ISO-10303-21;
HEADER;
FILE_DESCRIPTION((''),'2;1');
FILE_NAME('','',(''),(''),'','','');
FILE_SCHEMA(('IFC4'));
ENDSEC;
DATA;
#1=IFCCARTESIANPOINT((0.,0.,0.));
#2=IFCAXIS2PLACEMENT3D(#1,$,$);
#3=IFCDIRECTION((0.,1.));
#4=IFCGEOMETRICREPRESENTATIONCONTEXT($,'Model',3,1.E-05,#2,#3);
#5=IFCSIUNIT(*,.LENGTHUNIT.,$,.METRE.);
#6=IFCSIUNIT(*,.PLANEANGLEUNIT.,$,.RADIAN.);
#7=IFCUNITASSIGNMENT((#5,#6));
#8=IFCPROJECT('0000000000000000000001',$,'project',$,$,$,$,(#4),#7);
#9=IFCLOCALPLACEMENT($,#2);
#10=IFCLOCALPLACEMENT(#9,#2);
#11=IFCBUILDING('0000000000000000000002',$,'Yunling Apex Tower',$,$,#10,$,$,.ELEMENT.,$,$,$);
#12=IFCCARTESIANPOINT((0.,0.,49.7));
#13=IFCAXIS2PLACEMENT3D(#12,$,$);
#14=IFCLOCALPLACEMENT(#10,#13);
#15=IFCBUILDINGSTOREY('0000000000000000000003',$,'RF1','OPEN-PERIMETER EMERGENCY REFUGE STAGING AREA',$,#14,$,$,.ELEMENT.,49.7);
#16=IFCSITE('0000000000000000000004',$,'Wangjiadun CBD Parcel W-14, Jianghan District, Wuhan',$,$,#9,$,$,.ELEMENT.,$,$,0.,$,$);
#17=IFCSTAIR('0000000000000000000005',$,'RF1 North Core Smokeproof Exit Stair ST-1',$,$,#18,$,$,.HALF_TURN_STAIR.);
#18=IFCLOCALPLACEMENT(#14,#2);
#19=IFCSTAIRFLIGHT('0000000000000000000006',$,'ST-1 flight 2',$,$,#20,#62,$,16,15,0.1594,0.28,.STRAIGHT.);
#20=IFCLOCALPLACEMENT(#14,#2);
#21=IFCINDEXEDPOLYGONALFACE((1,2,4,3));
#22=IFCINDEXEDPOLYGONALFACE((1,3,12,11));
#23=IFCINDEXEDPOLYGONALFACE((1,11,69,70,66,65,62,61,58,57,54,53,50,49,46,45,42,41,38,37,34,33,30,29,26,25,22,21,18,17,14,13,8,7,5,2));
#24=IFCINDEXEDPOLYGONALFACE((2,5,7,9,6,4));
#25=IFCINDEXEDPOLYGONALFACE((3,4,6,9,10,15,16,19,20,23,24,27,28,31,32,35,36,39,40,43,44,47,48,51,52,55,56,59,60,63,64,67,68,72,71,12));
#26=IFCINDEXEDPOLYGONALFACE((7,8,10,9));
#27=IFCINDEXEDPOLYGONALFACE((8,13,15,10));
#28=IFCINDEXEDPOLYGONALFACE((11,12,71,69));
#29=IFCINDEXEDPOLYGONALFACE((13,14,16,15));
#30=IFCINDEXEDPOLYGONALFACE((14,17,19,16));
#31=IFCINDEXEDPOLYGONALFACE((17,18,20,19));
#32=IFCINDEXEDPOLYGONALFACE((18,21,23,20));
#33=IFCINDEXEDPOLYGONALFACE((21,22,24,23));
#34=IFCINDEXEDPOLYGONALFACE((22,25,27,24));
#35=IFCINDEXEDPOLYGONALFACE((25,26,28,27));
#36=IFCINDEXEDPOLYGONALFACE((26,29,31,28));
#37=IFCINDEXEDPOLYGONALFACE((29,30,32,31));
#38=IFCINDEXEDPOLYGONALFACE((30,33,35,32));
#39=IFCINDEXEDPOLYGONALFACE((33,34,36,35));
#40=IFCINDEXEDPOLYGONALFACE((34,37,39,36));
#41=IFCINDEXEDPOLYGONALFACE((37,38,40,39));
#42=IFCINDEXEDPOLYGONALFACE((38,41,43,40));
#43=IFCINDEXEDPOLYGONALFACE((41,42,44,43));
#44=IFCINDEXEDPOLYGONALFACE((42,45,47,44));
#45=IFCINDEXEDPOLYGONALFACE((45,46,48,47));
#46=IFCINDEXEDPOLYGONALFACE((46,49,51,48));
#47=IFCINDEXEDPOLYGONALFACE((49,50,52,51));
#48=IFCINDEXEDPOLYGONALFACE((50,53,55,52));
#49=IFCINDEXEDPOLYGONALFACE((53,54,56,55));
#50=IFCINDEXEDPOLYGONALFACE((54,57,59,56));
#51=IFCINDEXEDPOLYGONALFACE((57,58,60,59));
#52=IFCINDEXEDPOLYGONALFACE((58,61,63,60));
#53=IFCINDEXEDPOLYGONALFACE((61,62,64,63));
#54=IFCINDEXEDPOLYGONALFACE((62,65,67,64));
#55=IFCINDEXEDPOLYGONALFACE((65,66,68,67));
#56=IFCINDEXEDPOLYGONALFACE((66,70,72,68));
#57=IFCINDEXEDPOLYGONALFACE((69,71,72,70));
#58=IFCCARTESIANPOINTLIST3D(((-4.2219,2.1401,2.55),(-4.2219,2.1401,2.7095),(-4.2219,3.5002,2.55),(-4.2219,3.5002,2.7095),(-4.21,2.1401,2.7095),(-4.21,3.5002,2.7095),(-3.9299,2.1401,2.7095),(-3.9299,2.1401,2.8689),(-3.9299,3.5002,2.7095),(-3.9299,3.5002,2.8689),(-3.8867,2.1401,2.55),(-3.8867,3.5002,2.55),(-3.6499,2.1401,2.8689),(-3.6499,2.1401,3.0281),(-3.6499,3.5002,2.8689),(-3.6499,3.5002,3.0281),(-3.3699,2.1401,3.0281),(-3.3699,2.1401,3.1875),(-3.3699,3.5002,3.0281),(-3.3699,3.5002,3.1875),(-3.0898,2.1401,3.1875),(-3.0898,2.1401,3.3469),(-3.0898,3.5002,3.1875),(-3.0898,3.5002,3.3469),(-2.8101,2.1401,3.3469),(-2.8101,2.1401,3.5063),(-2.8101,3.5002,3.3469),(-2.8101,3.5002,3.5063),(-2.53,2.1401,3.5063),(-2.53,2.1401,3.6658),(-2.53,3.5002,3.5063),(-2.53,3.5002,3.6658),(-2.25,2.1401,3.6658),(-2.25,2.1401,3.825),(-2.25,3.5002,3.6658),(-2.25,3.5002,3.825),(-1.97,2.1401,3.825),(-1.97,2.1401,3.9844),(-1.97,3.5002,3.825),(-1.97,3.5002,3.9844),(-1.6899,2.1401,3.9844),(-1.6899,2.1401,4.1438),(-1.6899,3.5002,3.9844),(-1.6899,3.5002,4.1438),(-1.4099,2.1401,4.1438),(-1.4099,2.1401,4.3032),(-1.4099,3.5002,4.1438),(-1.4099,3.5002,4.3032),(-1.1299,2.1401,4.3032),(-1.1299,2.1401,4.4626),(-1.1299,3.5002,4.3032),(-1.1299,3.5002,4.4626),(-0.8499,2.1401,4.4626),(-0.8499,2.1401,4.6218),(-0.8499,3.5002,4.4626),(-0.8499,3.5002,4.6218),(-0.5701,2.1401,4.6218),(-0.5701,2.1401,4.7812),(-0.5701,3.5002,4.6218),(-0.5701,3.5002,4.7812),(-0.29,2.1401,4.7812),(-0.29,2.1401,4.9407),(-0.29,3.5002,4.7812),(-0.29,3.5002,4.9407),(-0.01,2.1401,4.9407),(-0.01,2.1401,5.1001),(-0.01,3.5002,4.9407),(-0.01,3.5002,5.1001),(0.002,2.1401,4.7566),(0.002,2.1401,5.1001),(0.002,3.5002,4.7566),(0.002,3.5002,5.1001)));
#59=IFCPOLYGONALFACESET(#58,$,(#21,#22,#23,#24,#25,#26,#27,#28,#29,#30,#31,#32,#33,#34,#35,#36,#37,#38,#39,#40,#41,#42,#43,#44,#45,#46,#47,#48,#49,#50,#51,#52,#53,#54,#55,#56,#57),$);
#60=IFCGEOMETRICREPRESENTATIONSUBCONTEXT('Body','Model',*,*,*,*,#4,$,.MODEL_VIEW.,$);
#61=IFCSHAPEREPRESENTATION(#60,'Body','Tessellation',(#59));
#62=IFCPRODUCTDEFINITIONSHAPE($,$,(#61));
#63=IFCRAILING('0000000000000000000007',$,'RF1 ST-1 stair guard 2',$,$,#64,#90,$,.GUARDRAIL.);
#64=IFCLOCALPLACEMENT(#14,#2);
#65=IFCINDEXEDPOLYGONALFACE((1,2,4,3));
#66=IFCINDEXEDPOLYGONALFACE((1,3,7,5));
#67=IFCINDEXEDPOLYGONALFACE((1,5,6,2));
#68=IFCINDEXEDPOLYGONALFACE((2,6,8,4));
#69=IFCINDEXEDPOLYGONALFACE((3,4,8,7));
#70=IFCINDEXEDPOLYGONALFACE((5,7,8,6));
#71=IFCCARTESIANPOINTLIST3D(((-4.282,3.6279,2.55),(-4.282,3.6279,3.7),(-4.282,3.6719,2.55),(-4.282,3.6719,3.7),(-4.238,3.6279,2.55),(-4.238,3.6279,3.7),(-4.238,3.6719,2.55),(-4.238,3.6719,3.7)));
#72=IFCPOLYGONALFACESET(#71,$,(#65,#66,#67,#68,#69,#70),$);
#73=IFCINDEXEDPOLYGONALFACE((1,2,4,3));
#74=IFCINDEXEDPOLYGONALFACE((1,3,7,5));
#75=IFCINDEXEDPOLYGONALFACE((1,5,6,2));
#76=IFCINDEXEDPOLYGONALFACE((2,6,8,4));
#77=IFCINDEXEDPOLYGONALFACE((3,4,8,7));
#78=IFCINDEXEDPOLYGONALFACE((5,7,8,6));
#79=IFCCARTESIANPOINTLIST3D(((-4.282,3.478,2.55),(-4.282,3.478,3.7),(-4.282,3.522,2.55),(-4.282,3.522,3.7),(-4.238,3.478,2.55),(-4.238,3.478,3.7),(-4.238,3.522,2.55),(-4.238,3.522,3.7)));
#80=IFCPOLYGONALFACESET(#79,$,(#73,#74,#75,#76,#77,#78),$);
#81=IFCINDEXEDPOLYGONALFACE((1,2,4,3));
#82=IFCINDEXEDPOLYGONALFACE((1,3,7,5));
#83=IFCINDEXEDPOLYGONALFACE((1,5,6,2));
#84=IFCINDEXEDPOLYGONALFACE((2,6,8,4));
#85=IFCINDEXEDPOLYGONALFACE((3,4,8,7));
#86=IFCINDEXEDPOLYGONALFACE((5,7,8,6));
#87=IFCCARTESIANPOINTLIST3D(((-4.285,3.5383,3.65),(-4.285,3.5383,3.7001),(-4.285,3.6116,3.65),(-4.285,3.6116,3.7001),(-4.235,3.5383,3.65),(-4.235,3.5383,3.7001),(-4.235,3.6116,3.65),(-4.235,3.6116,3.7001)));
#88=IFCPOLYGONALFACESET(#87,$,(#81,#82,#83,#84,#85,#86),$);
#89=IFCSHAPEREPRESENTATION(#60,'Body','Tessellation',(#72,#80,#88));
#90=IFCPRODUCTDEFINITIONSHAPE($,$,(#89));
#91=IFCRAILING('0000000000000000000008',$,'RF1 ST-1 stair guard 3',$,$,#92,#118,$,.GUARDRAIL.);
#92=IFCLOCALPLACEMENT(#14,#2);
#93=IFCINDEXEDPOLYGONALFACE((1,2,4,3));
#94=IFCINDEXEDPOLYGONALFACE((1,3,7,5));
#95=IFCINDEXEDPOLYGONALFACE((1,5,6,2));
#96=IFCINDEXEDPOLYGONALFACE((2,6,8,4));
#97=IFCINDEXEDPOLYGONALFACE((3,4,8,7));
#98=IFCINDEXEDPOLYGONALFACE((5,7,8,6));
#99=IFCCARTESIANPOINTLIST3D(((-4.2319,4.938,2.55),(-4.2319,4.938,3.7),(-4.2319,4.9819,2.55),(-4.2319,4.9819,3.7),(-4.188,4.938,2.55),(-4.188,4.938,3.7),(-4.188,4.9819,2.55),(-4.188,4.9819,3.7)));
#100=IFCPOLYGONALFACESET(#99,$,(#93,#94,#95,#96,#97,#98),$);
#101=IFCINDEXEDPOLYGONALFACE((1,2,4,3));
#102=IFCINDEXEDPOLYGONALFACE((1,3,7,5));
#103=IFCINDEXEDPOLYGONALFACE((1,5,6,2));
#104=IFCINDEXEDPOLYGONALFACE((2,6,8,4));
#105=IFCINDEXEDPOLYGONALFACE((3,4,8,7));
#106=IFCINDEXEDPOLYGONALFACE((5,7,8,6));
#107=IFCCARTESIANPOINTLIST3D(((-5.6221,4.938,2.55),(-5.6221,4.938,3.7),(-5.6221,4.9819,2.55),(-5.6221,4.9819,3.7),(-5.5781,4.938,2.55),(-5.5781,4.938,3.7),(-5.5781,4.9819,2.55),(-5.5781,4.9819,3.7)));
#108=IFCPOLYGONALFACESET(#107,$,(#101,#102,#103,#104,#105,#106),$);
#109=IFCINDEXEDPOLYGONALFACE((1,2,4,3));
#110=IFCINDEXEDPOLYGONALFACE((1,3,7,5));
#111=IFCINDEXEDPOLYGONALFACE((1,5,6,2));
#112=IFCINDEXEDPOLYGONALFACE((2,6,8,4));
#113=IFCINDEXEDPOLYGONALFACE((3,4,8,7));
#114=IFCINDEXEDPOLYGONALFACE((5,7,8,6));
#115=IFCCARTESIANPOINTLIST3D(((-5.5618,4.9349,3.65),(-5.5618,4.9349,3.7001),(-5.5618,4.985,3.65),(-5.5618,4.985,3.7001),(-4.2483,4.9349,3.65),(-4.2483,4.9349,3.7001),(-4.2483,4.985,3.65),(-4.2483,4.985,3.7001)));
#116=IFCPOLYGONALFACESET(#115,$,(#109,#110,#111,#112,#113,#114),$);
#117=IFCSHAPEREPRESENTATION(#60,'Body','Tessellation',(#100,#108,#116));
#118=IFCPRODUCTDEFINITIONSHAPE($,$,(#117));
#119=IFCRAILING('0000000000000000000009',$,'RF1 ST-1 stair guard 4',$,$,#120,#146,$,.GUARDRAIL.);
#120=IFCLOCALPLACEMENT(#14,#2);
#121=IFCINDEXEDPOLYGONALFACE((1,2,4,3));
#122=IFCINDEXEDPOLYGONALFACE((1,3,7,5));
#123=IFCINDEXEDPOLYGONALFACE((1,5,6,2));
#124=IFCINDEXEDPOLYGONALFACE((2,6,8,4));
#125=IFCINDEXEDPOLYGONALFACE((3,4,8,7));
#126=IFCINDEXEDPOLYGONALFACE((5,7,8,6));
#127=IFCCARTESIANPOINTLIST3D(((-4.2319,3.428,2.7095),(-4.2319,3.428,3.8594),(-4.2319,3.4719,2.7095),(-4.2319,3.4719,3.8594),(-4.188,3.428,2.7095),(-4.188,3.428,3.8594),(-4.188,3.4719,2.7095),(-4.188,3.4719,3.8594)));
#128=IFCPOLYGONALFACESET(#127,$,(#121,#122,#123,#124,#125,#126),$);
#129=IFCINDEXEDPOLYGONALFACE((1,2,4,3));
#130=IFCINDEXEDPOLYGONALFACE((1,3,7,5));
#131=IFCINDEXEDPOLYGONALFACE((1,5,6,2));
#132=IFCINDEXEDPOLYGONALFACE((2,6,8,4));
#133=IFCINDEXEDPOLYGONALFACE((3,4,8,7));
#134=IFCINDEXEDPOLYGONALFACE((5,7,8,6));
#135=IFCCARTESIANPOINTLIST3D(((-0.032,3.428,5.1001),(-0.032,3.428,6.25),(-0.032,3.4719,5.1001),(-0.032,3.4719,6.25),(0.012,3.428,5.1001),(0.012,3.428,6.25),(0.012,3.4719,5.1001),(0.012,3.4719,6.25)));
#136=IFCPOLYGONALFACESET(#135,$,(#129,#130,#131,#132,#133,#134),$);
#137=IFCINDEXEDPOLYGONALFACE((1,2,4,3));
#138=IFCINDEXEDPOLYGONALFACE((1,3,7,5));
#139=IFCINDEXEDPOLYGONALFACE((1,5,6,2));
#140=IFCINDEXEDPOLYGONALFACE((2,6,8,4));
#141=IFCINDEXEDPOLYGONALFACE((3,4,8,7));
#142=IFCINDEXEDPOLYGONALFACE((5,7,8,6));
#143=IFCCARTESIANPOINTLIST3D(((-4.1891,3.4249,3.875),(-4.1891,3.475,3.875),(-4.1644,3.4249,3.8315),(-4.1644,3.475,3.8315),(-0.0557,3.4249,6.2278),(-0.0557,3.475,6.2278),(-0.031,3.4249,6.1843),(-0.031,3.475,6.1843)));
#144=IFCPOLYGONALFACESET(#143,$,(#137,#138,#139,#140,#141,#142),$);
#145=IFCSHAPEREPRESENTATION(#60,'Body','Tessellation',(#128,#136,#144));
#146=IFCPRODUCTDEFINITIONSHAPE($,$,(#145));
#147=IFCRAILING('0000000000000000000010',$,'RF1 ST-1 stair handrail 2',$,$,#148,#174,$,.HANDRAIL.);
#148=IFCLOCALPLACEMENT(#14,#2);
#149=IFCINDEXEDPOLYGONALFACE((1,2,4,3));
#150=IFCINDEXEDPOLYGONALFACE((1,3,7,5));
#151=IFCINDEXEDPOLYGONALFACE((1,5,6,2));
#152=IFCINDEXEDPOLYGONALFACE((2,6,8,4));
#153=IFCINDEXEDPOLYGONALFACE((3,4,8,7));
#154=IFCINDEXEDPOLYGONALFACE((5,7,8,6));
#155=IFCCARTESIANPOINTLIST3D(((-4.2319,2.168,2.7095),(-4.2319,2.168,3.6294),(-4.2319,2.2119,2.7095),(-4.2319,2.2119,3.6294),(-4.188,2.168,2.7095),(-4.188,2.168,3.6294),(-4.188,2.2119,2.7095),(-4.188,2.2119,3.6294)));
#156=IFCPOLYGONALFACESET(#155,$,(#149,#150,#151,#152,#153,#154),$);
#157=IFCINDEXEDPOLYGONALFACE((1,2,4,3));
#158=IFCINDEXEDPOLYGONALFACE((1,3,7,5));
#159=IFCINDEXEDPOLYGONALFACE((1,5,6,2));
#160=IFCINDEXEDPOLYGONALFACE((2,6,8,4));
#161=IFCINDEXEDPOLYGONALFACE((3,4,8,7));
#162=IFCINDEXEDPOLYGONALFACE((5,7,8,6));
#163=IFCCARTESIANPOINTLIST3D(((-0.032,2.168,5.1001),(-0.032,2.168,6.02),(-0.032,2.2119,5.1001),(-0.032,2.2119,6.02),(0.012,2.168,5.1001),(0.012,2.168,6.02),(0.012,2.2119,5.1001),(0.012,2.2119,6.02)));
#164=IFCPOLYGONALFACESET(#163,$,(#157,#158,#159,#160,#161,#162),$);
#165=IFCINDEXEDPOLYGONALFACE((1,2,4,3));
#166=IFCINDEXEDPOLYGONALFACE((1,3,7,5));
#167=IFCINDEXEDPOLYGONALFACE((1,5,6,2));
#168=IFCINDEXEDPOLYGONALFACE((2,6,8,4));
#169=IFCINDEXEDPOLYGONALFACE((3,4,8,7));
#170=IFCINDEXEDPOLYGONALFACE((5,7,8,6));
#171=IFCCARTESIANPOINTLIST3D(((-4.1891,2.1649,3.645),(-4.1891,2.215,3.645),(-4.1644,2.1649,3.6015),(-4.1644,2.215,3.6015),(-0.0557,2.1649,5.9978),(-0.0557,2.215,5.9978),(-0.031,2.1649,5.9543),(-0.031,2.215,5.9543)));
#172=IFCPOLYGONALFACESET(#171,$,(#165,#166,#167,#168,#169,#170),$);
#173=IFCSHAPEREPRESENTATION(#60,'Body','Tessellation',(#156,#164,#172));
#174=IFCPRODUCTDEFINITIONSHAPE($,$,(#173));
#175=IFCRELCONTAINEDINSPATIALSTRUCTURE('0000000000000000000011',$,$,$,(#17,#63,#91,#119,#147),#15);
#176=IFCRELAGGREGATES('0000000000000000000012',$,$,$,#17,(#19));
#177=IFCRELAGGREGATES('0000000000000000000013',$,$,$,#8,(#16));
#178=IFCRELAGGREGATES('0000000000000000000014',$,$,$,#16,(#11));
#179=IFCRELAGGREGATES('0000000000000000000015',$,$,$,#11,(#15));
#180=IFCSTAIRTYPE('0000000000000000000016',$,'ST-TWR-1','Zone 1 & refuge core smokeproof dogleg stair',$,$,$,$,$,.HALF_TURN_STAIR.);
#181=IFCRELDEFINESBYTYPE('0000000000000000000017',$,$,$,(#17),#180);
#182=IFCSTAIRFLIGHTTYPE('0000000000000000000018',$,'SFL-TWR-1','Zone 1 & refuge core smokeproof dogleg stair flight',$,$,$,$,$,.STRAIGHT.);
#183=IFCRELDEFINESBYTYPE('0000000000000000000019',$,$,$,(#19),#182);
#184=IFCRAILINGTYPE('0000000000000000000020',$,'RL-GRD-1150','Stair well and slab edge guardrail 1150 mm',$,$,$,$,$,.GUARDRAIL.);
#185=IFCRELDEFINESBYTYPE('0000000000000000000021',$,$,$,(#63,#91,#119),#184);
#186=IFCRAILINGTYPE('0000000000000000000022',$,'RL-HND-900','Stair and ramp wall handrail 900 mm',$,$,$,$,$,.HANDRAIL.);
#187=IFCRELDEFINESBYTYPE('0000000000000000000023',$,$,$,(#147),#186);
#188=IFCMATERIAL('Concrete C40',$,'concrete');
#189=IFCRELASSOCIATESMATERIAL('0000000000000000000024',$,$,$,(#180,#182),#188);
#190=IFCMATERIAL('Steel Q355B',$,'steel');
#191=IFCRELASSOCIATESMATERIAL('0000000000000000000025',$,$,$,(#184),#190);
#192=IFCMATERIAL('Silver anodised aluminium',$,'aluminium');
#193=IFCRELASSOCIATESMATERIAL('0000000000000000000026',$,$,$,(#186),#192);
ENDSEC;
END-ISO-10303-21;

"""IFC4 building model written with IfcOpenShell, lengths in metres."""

from ifc_helpers import new_model, si_unit, direction, frame, origin, origin_2d, place, context, subcontext, project, spatial, polyline, rectangle, outline, extrude, material, type_object, element, aggregate, save


model = new_model("IFC4")

# Units and contexts
model_context = context("Model", 3, precision=1e-05, world=origin(), true_north=direction((0.0, 1.0)))
body_context = subcontext(model_context, "Body", "Model", "MODEL_VIEW")
ifc_project = project(units=[si_unit("LENGTHUNIT", "METRE"), si_unit("PLANEANGLEUNIT", "RADIAN")], contexts=[model_context])

# Site, building, storey
site_placement = place(None, origin())
site = spatial("IfcSite", under=ifc_project, at=site_placement, Name="Wangjiadun CBD Parcel W-14, Jianghan District, Wuhan", CompositionType="ELEMENT", RefElevation=0.0)
building_placement = place(site_placement, origin())
building = spatial("IfcBuilding", under=site, at=building_placement, Name="Yunling Apex Tower", CompositionType="ELEMENT")
storey_placement = place(building_placement, frame((0.0, 0.0, 49.7)))
storey = spatial("IfcBuildingStorey", under=building, at=storey_placement, Name="RF1", Description="OPEN-PERIMETER EMERGENCY REFUGE STAGING AREA", CompositionType="ELEMENT", Elevation=49.7)

# Shared definitions
ifc_material_1 = material(Name="Steel Q355B", Category="steel")

# Shared definitions
ifc_material_2 = material(Name="Concrete C40", Category="concrete")

# Stair, stair flight
stair_type = type_object("IfcStairType", Name="ST-TWR-1", Description="Zone 1 & refuge core smokeproof dogleg stair", PredefinedType="HALF_TURN_STAIR", material=ifc_material_2)
stair_placement = place(storey_placement, origin())
stair = element("IfcStair", 1, at=stair_placement, inside=storey, type_object=stair_type, Name="RF1 North Core Smokeproof Exit Stair ST-1", PredefinedType="HALF_TURN_STAIR")
stair_flight_type = type_object("IfcStairFlightType", Name="SFL-TWR-1", Description="Zone 1 & refuge core smokeproof dogleg stair flight", PredefinedType="STRAIGHT", material=ifc_material_2)
stair_flight_placement = place(storey_placement, frame((-4.21, 2.8201, 2.55), z_axis=(0.0, 0.0, 1.0), x_axis=(1.0, 0.0, 0.0)))
stair_flight = element("IfcStairFlight", 2, at=stair_flight_placement, type_object=stair_flight_type, Name="ST-1 flight 2", NumberOfRisers=16, NumberOfTreads=15, PredefinedType="STRAIGHT", RiserHeight=0.1594, TreadLength=0.28, context=body_context, shape_type="SweptSolid", body=[
    extrude(outline(polyline([(-0.012, 0.0), (-0.012, 0.1594), (0.0, 0.1594), (0.28, 0.1594), (0.28, 0.3188), (0.5601, 0.3188), (0.5601, 0.478), (0.8401, 0.478), (0.8401, 0.6375), (1.1201, 0.6375), (1.1201, 0.7969), (1.3999, 0.7969), (1.3999, 0.9563), (1.6799, 0.9563), (1.6799, 1.1157), (1.96, 1.1157), (1.96, 1.2749), (2.24, 1.2749), (2.24, 1.4343), (2.52, 1.4343), (2.52, 1.5938), (2.8, 1.5938), (2.8, 1.7532), (3.0801, 1.7532), (3.0801, 1.9126), (3.3601, 1.9126), (3.3601, 2.0718), (3.6399, 2.0718), (3.6399, 2.2312), (3.9199, 2.2312), (3.9199, 2.3906), (4.2, 2.3906), (4.2, 2.55), (4.2119, 2.55), (4.2119, 2.2065), (0.3232, 0.0), (-0.012, 0.0)])), frame((0.0, 0.6802, 0.0), z_axis=(0.0, -1.0, 0.0), x_axis=(1.0, 0.0, 0.0)), (0.0, 0.0, 1.0), 1.3601),
])
aggregate(stair, [stair_flight])

# Railings
railing_type_1 = type_object("IfcRailingType", Name="RL-GRD-1150", Description="Stair well and slab edge guardrail 1150 mm", PredefinedType="GUARDRAIL", material=ifc_material_1)
railing_1_placement = place(storey_placement, frame((-4.26, 3.6499, 2.55)))
element("IfcRailing", 3, at=railing_1_placement, inside=storey, type_object=railing_type_1, Name="RF1 ST-1 stair guard 2", PredefinedType="GUARDRAIL", context=body_context, shape_type="SweptSolid", body=[
    extrude(rectangle(XDim=0.0439, YDim=0.0439, at=origin_2d()), origin(), (0.0, 0.0, 1.0), 1.1499),
    extrude(rectangle(XDim=0.0439, YDim=0.0439, at=origin_2d()), frame((0.0, -0.1499, 0.0)), (0.0, 0.0, 1.0), 1.1499),
    extrude(rectangle(XDim=0.05, YDim=0.05, at=origin_2d()), frame((0.0, -0.0383, 1.125), z_axis=(0.0, -1.0, 0.0), x_axis=(1.0, 0.0, 0.0)), (0.0, 0.0, 1.0), 0.0732),
])
railing_2_placement = place(storey_placement, frame((-4.21, 4.96, 2.55)))
element("IfcRailing", 4, at=railing_2_placement, inside=storey, type_object=railing_type_1, Name="RF1 ST-1 stair guard 3", PredefinedType="GUARDRAIL", context=body_context, shape_type="SweptSolid", body=[
    extrude(rectangle(XDim=0.0439, YDim=0.0439, at=origin_2d()), origin(), (0.0, 0.0, 1.0), 1.1499),
    extrude(rectangle(XDim=0.0439, YDim=0.0439, at=origin_2d()), frame((-1.3901, 0.0, 0.0)), (0.0, 0.0, 1.0), 1.1499),
    extrude(rectangle(XDim=0.05, YDim=0.05, at=origin_2d()), frame((-0.0383, 0.0, 1.125), z_axis=(-1.0, 0.0, 0.0), x_axis=(0.0, -1.0, 0.0)), (0.0, 0.0, 1.0), 1.3135),
])
railing_3_placement = place(storey_placement, frame((-4.21, 3.45, 2.7095)))
element("IfcRailing", 5, at=railing_3_placement, inside=storey, type_object=railing_type_1, Name="RF1 ST-1 stair guard 4", PredefinedType="GUARDRAIL", context=body_context, shape_type="SweptSolid", body=[
    extrude(rectangle(XDim=0.0439, YDim=0.0439, at=origin_2d()), origin(), (0.0, 0.0, 1.0), 1.1499),
    extrude(rectangle(XDim=0.0439, YDim=0.0439, at=origin_2d()), frame((4.2, 0.0, 2.3906)), (0.0, 0.0, 1.0), 1.1499),
    extrude(rectangle(XDim=0.05, YDim=0.05, at=origin_2d()), frame((0.0332, 0.0, 1.1438), z_axis=(0.869075, 0.0, 0.49468), x_axis=(0.0, 1.0, 0.0)), (0.0, 0.0, 1.0), 4.7561),
])
ifc_material_3 = material(Name="Silver anodised aluminium", Category="aluminium")
railing_type_2 = type_object("IfcRailingType", Name="RL-HND-900", Description="Stair and ramp wall handrail 900 mm", PredefinedType="HANDRAIL", material=ifc_material_3)
railing_4_placement = place(storey_placement, frame((-4.21, 2.1899, 2.7095)))
element("IfcRailing", 6, at=railing_4_placement, inside=storey, type_object=railing_type_2, Name="RF1 ST-1 stair handrail 2", PredefinedType="HANDRAIL", context=body_context, shape_type="SweptSolid", body=[
    extrude(rectangle(XDim=0.0439, YDim=0.0439, at=origin_2d()), origin(), (0.0, 0.0, 1.0), 0.9199),
    extrude(rectangle(XDim=0.0439, YDim=0.0439, at=origin_2d()), frame((4.2, 0.0, 2.3906)), (0.0, 0.0, 1.0), 0.9199),
    extrude(rectangle(XDim=0.05, YDim=0.05, at=origin_2d()), frame((0.0332, 0.0, 0.9138), z_axis=(0.869075, 0.0, 0.49468), x_axis=(0.0, 1.0, 0.0)), (0.0, 0.0, 1.0), 4.7561),
])

save(model, "model.ifc")
